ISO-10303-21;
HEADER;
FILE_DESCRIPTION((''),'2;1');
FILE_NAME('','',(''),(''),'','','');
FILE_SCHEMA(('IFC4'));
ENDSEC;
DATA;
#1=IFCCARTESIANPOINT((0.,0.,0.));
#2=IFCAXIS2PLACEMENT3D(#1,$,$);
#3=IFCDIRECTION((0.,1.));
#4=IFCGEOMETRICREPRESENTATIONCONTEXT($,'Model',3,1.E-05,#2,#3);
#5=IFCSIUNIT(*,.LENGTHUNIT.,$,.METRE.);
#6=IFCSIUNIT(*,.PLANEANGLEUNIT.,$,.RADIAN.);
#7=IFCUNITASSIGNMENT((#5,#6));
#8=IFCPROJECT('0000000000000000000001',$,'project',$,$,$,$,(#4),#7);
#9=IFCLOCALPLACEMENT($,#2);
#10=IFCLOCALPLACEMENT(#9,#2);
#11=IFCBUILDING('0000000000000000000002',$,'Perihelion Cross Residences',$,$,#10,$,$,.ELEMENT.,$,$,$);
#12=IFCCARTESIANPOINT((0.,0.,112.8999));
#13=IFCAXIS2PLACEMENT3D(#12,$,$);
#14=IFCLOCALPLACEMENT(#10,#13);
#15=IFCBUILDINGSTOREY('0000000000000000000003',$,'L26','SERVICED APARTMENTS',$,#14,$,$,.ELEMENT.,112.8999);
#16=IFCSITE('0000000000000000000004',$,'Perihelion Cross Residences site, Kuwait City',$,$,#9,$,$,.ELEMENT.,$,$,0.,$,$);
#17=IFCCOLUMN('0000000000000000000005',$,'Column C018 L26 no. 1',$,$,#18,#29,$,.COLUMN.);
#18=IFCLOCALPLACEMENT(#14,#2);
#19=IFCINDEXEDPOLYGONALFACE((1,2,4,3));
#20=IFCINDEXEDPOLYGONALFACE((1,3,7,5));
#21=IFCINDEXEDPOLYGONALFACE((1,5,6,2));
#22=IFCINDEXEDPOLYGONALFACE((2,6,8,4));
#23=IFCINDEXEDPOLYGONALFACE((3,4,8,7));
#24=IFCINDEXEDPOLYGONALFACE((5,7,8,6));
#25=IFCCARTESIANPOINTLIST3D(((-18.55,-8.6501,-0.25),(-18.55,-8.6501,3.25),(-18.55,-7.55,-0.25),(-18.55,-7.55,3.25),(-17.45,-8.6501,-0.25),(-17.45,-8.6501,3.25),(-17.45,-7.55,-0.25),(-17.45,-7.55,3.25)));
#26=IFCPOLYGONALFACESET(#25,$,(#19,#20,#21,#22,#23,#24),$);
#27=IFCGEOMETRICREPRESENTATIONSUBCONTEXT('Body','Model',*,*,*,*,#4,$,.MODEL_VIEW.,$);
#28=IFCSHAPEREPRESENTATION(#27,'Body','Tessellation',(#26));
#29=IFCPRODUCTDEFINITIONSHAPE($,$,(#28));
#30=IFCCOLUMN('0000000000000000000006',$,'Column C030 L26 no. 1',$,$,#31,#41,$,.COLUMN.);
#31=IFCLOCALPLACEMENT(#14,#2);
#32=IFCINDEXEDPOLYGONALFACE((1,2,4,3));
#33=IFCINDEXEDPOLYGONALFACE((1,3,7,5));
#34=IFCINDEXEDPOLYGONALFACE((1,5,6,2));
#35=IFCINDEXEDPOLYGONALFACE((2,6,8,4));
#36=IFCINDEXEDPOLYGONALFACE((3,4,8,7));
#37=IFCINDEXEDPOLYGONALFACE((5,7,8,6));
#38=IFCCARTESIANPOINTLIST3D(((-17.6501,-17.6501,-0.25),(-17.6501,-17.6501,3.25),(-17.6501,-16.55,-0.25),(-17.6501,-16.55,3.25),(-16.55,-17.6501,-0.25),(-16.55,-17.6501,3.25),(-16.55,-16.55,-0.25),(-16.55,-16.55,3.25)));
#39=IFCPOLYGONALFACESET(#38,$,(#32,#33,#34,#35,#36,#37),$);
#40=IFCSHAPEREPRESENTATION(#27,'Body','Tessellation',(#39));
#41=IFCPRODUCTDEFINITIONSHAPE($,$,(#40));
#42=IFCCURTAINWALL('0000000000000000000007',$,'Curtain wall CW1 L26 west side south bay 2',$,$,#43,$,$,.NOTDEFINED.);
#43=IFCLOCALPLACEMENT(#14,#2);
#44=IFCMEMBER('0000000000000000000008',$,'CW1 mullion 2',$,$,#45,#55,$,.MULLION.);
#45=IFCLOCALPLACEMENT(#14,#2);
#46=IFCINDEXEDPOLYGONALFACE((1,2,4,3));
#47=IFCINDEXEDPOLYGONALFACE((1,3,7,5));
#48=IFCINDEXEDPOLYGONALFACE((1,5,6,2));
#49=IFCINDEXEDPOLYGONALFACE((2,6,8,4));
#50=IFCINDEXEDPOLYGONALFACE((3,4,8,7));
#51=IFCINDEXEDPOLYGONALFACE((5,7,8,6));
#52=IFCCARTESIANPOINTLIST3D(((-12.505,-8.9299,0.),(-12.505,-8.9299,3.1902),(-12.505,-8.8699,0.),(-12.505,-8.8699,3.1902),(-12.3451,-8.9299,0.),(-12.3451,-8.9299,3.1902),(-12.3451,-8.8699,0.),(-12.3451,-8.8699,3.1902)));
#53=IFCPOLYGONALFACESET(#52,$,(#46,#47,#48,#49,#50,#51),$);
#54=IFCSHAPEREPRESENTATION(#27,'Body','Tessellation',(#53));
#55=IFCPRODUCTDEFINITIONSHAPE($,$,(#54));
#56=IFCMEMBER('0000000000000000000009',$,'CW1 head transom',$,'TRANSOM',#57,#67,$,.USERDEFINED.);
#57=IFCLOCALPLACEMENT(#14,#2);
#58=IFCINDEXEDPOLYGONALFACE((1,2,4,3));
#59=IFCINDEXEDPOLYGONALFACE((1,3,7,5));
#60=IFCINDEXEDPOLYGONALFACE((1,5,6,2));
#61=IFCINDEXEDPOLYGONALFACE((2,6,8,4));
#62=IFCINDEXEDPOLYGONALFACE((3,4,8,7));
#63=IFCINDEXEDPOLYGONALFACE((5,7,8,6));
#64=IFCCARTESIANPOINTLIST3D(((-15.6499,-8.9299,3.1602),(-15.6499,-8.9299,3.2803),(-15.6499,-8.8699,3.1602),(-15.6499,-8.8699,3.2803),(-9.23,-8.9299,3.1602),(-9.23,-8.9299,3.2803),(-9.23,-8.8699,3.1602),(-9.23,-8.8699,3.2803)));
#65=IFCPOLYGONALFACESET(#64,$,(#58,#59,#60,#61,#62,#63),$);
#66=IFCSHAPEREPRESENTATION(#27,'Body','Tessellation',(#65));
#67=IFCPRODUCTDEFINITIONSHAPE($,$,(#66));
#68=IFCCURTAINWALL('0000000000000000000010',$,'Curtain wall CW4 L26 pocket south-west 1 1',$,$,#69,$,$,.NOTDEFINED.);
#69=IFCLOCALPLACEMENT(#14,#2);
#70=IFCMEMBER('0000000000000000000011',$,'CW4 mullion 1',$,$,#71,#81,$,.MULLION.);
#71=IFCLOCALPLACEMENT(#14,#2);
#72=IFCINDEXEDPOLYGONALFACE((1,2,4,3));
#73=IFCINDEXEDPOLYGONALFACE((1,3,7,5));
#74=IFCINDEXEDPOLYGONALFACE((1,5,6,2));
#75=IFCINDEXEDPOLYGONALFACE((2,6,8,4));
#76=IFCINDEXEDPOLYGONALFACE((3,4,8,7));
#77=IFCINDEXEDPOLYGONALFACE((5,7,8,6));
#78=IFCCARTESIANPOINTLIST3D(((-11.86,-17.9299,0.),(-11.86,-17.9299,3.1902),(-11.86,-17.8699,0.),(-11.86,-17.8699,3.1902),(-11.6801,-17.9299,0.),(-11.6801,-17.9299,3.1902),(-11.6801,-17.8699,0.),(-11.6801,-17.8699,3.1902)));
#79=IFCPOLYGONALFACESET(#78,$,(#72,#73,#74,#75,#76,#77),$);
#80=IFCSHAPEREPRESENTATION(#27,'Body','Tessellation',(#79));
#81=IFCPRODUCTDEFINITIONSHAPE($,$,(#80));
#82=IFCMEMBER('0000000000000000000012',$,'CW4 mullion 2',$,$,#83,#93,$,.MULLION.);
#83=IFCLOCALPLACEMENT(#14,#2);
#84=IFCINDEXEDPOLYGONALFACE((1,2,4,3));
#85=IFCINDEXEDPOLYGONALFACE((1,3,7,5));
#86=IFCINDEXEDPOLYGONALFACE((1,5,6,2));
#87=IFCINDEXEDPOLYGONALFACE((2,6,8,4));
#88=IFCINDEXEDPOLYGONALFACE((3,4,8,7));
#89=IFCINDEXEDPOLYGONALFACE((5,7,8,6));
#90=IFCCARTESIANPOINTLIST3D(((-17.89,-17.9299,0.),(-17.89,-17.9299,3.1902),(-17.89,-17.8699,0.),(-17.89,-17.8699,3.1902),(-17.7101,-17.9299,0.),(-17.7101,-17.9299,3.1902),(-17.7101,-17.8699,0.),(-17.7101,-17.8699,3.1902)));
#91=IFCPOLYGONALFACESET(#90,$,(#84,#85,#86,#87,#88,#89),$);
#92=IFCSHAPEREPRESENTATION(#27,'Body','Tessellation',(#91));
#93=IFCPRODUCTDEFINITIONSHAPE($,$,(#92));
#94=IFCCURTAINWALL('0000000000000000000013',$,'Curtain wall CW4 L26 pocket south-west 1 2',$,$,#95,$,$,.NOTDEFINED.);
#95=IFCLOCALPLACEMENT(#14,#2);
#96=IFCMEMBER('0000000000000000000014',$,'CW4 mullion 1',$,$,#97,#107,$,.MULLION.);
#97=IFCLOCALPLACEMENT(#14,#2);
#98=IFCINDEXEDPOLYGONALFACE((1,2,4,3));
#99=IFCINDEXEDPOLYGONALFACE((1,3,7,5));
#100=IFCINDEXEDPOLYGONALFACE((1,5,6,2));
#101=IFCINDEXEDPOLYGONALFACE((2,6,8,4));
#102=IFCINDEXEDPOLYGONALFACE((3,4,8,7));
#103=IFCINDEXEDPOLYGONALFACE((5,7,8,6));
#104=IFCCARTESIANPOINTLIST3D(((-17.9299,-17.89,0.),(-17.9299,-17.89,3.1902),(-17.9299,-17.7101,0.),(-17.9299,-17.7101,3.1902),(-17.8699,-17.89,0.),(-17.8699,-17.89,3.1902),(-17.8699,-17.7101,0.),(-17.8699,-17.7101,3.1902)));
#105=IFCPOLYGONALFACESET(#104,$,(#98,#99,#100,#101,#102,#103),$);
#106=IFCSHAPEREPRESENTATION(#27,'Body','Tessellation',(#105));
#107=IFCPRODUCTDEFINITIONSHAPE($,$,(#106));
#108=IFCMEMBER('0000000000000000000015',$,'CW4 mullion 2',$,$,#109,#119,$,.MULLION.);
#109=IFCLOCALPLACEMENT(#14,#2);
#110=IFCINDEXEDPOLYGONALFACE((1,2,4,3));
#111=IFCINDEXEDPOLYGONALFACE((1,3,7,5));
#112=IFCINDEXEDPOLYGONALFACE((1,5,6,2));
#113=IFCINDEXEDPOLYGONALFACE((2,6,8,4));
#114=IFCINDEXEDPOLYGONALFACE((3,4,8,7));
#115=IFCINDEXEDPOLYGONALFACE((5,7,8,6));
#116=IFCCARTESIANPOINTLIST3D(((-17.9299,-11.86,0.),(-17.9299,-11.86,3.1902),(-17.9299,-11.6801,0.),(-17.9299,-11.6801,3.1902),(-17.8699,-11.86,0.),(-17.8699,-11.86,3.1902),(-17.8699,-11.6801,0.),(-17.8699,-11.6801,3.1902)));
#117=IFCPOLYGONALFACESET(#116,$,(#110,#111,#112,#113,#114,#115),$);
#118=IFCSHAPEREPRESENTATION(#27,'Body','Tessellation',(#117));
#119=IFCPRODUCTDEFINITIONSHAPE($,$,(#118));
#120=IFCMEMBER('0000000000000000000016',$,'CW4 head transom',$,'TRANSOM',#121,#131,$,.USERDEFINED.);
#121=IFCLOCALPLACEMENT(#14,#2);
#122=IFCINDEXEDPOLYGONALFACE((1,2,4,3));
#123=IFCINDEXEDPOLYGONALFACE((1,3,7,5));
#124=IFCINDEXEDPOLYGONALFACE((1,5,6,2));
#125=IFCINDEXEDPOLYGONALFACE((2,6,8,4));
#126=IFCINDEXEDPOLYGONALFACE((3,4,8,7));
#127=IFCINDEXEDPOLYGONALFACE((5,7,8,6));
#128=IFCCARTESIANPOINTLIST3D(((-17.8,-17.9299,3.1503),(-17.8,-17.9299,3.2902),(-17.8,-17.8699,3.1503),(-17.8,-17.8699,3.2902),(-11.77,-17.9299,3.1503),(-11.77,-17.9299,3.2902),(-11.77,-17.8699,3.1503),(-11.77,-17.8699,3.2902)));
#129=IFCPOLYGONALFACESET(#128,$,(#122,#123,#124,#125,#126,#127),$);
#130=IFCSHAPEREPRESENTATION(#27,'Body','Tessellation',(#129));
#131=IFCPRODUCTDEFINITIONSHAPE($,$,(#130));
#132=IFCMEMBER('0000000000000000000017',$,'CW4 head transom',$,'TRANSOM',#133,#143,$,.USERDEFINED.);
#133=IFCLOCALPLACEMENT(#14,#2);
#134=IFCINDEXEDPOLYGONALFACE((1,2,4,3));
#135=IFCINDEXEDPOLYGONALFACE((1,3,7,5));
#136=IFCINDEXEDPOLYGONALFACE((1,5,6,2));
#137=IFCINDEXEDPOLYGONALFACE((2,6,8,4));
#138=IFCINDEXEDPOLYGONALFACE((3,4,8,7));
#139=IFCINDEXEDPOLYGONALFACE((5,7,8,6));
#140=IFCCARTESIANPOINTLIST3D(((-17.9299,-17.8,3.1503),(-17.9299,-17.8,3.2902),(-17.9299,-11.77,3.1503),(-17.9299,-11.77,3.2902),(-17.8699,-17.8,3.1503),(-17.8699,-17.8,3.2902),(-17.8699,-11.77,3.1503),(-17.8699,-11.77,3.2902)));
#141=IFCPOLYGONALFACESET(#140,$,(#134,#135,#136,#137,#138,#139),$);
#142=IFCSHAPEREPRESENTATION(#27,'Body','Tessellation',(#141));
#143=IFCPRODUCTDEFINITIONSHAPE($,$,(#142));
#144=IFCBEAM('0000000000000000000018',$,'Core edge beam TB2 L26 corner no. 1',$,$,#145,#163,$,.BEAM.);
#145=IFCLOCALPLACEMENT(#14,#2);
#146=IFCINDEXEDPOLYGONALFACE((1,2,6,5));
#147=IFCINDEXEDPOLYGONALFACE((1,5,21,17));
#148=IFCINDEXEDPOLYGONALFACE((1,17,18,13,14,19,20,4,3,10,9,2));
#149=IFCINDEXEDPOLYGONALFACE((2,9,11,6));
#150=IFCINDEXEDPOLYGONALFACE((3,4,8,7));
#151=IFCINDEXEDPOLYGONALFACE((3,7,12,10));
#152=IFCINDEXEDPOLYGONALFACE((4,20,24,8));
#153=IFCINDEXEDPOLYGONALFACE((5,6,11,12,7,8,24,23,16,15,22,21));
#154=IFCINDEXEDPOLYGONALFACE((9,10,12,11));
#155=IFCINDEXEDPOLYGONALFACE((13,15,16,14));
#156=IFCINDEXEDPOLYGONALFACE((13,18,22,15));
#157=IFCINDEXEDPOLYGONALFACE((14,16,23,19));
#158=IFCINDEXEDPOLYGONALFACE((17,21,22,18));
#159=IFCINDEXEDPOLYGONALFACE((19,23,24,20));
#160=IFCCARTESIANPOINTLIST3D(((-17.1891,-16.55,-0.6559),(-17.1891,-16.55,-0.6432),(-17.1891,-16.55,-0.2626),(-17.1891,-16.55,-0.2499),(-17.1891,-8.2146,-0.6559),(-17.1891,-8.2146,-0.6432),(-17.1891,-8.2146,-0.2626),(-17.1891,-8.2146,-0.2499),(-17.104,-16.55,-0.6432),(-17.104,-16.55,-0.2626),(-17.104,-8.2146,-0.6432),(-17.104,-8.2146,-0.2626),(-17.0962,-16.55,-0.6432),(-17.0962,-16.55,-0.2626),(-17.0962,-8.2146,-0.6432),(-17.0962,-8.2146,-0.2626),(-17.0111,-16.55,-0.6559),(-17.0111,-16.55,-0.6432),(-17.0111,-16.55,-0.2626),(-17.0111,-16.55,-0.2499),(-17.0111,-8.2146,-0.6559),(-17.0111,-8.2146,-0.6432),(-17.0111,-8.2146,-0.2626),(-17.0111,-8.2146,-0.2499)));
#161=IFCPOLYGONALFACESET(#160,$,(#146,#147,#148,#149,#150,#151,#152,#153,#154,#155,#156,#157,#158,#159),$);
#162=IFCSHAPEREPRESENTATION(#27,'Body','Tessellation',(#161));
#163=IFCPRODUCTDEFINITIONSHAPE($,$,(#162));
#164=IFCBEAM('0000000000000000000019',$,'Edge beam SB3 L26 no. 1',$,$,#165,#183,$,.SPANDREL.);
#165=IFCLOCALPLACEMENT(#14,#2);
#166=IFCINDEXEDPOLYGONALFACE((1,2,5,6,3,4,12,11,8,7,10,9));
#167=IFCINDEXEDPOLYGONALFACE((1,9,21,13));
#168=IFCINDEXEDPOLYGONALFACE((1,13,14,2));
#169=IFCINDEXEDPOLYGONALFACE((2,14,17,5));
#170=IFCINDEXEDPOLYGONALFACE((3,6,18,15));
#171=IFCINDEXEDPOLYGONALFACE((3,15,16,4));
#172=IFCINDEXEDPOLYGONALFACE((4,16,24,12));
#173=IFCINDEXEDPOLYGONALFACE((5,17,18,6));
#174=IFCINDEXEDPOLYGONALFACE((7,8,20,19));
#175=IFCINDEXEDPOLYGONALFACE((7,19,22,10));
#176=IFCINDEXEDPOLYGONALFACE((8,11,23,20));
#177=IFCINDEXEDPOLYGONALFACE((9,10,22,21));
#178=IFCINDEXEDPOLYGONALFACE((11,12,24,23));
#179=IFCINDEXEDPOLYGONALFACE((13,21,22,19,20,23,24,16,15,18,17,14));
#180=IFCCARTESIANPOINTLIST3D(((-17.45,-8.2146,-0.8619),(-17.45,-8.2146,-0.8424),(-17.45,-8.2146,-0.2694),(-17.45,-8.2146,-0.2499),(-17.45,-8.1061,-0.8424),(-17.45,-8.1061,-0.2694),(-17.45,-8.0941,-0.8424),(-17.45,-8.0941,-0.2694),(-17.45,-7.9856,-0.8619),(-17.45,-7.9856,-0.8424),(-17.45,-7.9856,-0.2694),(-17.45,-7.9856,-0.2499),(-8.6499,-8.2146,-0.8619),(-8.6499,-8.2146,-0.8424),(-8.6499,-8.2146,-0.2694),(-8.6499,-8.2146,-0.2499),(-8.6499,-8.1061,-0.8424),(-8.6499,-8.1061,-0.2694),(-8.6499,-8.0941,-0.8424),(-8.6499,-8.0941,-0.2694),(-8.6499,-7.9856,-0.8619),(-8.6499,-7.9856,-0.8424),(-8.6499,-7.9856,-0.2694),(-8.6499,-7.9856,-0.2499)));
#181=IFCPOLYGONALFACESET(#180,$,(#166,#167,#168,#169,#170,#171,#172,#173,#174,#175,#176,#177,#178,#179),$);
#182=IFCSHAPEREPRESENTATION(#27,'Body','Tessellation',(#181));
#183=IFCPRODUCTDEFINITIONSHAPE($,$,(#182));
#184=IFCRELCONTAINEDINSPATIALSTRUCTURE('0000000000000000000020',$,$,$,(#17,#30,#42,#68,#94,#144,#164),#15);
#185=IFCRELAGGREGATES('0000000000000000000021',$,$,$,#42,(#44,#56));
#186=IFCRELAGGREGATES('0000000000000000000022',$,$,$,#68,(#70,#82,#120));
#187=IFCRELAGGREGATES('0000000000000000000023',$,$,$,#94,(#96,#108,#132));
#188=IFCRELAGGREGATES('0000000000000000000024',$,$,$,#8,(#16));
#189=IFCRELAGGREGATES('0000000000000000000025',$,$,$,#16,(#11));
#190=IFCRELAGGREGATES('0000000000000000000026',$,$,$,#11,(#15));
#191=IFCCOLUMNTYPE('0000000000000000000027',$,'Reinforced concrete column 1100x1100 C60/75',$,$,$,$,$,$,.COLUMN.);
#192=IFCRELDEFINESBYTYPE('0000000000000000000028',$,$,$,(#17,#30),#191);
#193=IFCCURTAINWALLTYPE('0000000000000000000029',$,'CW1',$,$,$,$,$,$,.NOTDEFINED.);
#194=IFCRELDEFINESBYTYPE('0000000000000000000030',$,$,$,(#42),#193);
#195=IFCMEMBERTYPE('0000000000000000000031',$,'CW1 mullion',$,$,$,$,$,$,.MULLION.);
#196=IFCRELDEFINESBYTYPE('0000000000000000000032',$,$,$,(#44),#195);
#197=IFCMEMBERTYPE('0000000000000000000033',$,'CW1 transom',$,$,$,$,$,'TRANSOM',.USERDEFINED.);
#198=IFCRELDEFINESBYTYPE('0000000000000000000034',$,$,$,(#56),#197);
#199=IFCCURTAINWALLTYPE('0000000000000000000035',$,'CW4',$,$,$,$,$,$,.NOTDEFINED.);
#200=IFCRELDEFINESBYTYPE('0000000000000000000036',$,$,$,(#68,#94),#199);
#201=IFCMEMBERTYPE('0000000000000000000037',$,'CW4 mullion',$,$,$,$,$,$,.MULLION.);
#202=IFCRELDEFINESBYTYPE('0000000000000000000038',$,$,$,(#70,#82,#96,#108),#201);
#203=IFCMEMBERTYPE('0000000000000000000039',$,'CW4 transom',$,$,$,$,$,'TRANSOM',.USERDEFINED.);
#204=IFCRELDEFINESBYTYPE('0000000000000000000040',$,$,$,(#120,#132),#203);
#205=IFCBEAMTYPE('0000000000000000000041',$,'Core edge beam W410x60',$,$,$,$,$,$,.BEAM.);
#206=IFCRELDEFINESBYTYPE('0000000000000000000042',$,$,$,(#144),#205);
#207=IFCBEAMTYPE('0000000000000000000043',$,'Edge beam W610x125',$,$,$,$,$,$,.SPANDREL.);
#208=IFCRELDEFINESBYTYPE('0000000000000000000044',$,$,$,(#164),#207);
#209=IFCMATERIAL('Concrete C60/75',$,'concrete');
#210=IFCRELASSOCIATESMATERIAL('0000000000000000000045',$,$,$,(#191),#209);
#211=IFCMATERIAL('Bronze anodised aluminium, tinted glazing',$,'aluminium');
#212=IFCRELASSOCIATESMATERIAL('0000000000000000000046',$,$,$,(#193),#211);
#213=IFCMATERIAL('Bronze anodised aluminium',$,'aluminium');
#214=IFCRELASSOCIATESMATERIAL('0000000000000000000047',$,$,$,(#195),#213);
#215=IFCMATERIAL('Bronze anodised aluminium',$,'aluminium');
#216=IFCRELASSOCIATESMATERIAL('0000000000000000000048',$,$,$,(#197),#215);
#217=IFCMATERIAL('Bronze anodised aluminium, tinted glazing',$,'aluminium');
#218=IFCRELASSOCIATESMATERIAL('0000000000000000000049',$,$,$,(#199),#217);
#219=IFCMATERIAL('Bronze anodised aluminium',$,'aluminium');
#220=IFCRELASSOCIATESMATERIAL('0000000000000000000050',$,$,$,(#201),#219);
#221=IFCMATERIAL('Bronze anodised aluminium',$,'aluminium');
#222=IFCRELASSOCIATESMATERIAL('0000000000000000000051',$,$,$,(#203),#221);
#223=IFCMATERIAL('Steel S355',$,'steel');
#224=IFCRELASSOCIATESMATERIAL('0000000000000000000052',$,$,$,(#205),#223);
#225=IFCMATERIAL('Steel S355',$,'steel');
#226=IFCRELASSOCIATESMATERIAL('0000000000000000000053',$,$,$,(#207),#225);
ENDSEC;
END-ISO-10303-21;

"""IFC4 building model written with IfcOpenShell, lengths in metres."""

from ifc_helpers import new_model, si_unit, direction, frame, origin, origin_2d, place, context, subcontext, project, spatial, rectangle, i_section, extrude, material, material_profile, profile_set, type_object, element, aggregate, save


model = new_model("IFC4")

# Units and contexts
model_context = context("Model", 3, precision=1e-05, world=origin(), true_north=direction((0.0, 1.0)))
body_context = subcontext(model_context, "Body", "Model", "MODEL_VIEW")
ifc_project = project(units=[si_unit("LENGTHUNIT", "METRE"), si_unit("PLANEANGLEUNIT", "RADIAN")], contexts=[model_context])

# Site, building, storey
site_placement = place(None, origin())
site = spatial("IfcSite", under=ifc_project, at=site_placement, Name="Perihelion Cross Residences site, Kuwait City", CompositionType="ELEMENT", RefElevation=0.0)
building_placement = place(site_placement, origin())
building = spatial("IfcBuilding", under=site, at=building_placement, Name="Perihelion Cross Residences", CompositionType="ELEMENT")
storey_placement = place(building_placement, frame((0.0, 0.0, 112.8999)))
storey = spatial("IfcBuildingStorey", under=building, at=storey_placement, Name="L26", Description="SERVICED APARTMENTS", CompositionType="ELEMENT", Elevation=112.8999)

# Columns
ifc_material_1 = material(Name="Concrete C60/75", Category="concrete")
ifc_material_profile_1 = material_profile(ifc_material_1, rectangle(XDim=1.1001, YDim=1.1001, at=origin_2d()), Name="RC 1100x1100")
ifc_profile_set_1 = profile_set([ifc_material_profile_1], Name="Concrete C60/75")
column_type = type_object("IfcColumnType", Name="Reinforced concrete column 1100x1100 C60/75", PredefinedType="COLUMN", material=ifc_profile_set_1)
for number, where, z_axis, x_axis, name in (
    (1, (-18.0, -8.1001, -0.25), (0.0, 0.0, 1.0), (1.0, 0.0, 0.0), "Column C018 L26 no. 1"),
    (2, (-17.1001, -17.1001, -0.25), (0.0, 0.0, 1.0), (1.0, 0.0, 0.0), "Column C030 L26 no. 1"),
):
    element("IfcColumn", number, at=place(storey_placement, frame(where, z_axis=z_axis, x_axis=x_axis)), inside=storey, type_object=column_type, Name=name, PredefinedType="COLUMN", context=body_context, shape_type="SweptSolid", body=[
        extrude(rectangle(XDim=1.1001, YDim=1.1001, at=origin_2d()), origin(), (0.0, 0.0, 1.0), 3.5),
    ])

# Curtain walls, members
ifc_material_2 = material(Name="Bronze anodised aluminium, tinted glazing", Category="aluminium")
curtain_wall_type_1 = type_object("IfcCurtainWallType", Name="CW1", PredefinedType="NOTDEFINED", material=ifc_material_2)
curtain_wall_1_placement = place(storey_placement, origin())
curtain_wall_1 = element("IfcCurtainWall", 3, at=curtain_wall_1_placement, inside=storey, type_object=curtain_wall_type_1, Name="Curtain wall CW1 L26 west side south bay 2", PredefinedType="NOTDEFINED")
ifc_material_3 = material(Name="Bronze anodised aluminium", Category="aluminium")
ifc_material_profile_2 = material_profile(ifc_material_3, rectangle(XDim=0.0601, YDim=0.1599, at=origin_2d()), Name="CW1 mullion")
ifc_profile_set_2 = profile_set([ifc_material_profile_2], Name="Bronze anodised aluminium")
member_type_1 = type_object("IfcMemberType", Name="CW1 mullion", PredefinedType="MULLION", material=ifc_profile_set_2)
member_1_placement = place(storey_placement, frame((-12.425, -8.8999, 0.0), z_axis=(0.0, 0.0, 1.0), x_axis=(0.0, 1.0, 0.0)))
member_1 = element("IfcMember", 4, at=member_1_placement, type_object=member_type_1, Name="CW1 mullion 2", PredefinedType="MULLION", context=body_context, shape_type="SweptSolid", body=[
    extrude(rectangle(XDim=0.0601, YDim=0.1599, at=origin_2d()), origin(), (0.0, 0.0, 1.0), 3.1902),
])
ifc_material_4 = material(Name="Bronze anodised aluminium", Category="aluminium")
ifc_material_profile_3 = material_profile(ifc_material_4, rectangle(XDim=0.0601, YDim=0.1201, at=origin_2d()), Name="CW1 transom")
ifc_profile_set_3 = profile_set([ifc_material_profile_3], Name="Bronze anodised aluminium")
member_type_2 = type_object("IfcMemberType", Name="CW1 transom", ElementType="TRANSOM", PredefinedType="USERDEFINED", material=ifc_profile_set_3)
member_2_placement = place(storey_placement, frame((-15.6499, -8.8999, 3.2202), z_axis=(1.0, 0.0, 0.0), x_axis=(0.0, 1.0, 0.0)))
member_2 = element("IfcMember", 5, at=member_2_placement, type_object=member_type_2, Name="CW1 head transom", ObjectType="TRANSOM", PredefinedType="USERDEFINED", context=body_context, shape_type="SweptSolid", body=[
    extrude(rectangle(XDim=0.0601, YDim=0.1201, at=origin_2d()), origin(), (0.0, 0.0, 1.0), 6.4199),
])
ifc_material_5 = material(Name="Bronze anodised aluminium, tinted glazing", Category="aluminium")
curtain_wall_type_2 = type_object("IfcCurtainWallType", Name="CW4", PredefinedType="NOTDEFINED", material=ifc_material_5)
curtain_wall_2_placement = place(storey_placement, origin())
curtain_wall_2 = element("IfcCurtainWall", 6, at=curtain_wall_2_placement, inside=storey, type_object=curtain_wall_type_2, Name="Curtain wall CW4 L26 pocket south-west 1 1", PredefinedType="NOTDEFINED")
ifc_material_6 = material(Name="Bronze anodised aluminium", Category="aluminium")
ifc_material_profile_4 = material_profile(ifc_material_6, rectangle(XDim=0.0601, YDim=0.1799, at=origin_2d()), Name="CW4 mullion")
ifc_profile_set_4 = profile_set([ifc_material_profile_4], Name="Bronze anodised aluminium")
member_type_3 = type_object("IfcMemberType", Name="CW4 mullion", PredefinedType="MULLION", material=ifc_profile_set_4)
member_3_placement = place(storey_placement, frame((-11.77, -17.8999, 0.0), z_axis=(0.0, 0.0, 1.0), x_axis=(0.0, -1.0, 0.0)))
member_3 = element("IfcMember", 7, at=member_3_placement, type_object=member_type_3, Name="CW4 mullion 1", PredefinedType="MULLION", context=body_context, shape_type="SweptSolid", body=[
    extrude(rectangle(XDim=0.0601, YDim=0.1799, at=origin_2d()), origin(), (0.0, 0.0, 1.0), 3.1902),
])
member_4_placement = place(storey_placement, frame((-17.8, -17.8999, 0.0), z_axis=(0.0, 0.0, 1.0), x_axis=(0.0, -1.0, 0.0)))
member_4 = element("IfcMember", 8, at=member_4_placement, type_object=member_type_3, Name="CW4 mullion 2", PredefinedType="MULLION", context=body_context, shape_type="SweptSolid", body=[
    extrude(rectangle(XDim=0.0601, YDim=0.1799, at=origin_2d()), origin(), (0.0, 0.0, 1.0), 3.1902),
])
curtain_wall_3_placement = place(storey_placement, origin())
curtain_wall_3 = element("IfcCurtainWall", 9, at=curtain_wall_3_placement, inside=storey, type_object=curtain_wall_type_2, Name="Curtain wall CW4 L26 pocket south-west 1 2", PredefinedType="NOTDEFINED")
member_5_placement = place(storey_placement, frame((-17.8999, -17.8, 0.0), z_axis=(0.0, 0.0, 1.0), x_axis=(-1.0, 0.0, 0.0)))
member_5 = element("IfcMember", 10, at=member_5_placement, type_object=member_type_3, Name="CW4 mullion 1", PredefinedType="MULLION", context=body_context, shape_type="SweptSolid", body=[
    extrude(rectangle(XDim=0.0601, YDim=0.1799, at=origin_2d()), origin(), (0.0, 0.0, 1.0), 3.1902),
])
member_6_placement = place(storey_placement, frame((-17.8999, -11.77, 0.0), z_axis=(0.0, 0.0, 1.0), x_axis=(-1.0, 0.0, 0.0)))
member_6 = element("IfcMember", 11, at=member_6_placement, type_object=member_type_3, Name="CW4 mullion 2", PredefinedType="MULLION", context=body_context, shape_type="SweptSolid", body=[
    extrude(rectangle(XDim=0.0601, YDim=0.1799, at=origin_2d()), origin(), (0.0, 0.0, 1.0), 3.1902),
])

# Members
ifc_material_7 = material(Name="Bronze anodised aluminium", Category="aluminium")
ifc_material_profile_5 = material_profile(ifc_material_7, rectangle(XDim=0.0601, YDim=0.1399, at=origin_2d()), Name="CW4 transom")
ifc_profile_set_5 = profile_set([ifc_material_profile_5], Name="Bronze anodised aluminium")
member_type_4 = type_object("IfcMemberType", Name="CW4 transom", ElementType="TRANSOM", PredefinedType="USERDEFINED", material=ifc_profile_set_5)
member_7_placement = place(storey_placement, frame((-11.77, -17.8999, 3.2202), z_axis=(-1.0, 0.0, 0.0), x_axis=(0.0, -1.0, 0.0)))
member_7 = element("IfcMember", 12, at=member_7_placement, type_object=member_type_4, Name="CW4 head transom", ObjectType="TRANSOM", PredefinedType="USERDEFINED", context=body_context, shape_type="SweptSolid", body=[
    extrude(rectangle(XDim=0.0601, YDim=0.1399, at=origin_2d()), origin(), (0.0, 0.0, 1.0), 6.03),
])
member_8_placement = place(storey_placement, frame((-17.8999, -17.8, 3.2202), z_axis=(0.0, 1.0, 0.0), x_axis=(-1.0, 0.0, 0.0)))
member_8 = element("IfcMember", 13, at=member_8_placement, type_object=member_type_4, Name="CW4 head transom", ObjectType="TRANSOM", PredefinedType="USERDEFINED", context=body_context, shape_type="SweptSolid", body=[
    extrude(rectangle(XDim=0.0601, YDim=0.1399, at=origin_2d()), origin(), (0.0, 0.0, 1.0), 6.03),
])

# Beams
ifc_material_8 = material(Name="Steel S355", Category="steel")
ifc_material_profile_6 = material_profile(ifc_material_8, i_section(OverallWidth=0.178, OverallDepth=0.406, WebThickness=0.0078, FlangeThickness=0.0127, at=origin_2d()), Name="W410x60")
ifc_profile_set_6 = profile_set([ifc_material_profile_6], Name="Steel S355")
beam_type_1 = type_object("IfcBeamType", Name="Core edge beam W410x60", PredefinedType="BEAM", material=ifc_profile_set_6)
beam_1_placement = place(storey_placement, frame((-17.1001, -8.2146, -0.4529), z_axis=(0.0, -1.0, 0.0), x_axis=(1.0, 0.0, 0.0)))
element("IfcBeam", 14, at=beam_1_placement, inside=storey, type_object=beam_type_1, Name="Core edge beam TB2 L26 corner no. 1", PredefinedType="BEAM", context=body_context, shape_type="SweptSolid", body=[
    extrude(i_section(OverallWidth=0.178, OverallDepth=0.406, WebThickness=0.0078, FlangeThickness=0.0127, at=origin_2d()), origin(), (0.0, 0.0, 1.0), 8.3354),
])
ifc_material_9 = material(Name="Steel S355", Category="steel")
ifc_material_profile_7 = material_profile(ifc_material_9, i_section(OverallWidth=0.229, OverallDepth=0.6121, WebThickness=0.012, FlangeThickness=0.0195, at=origin_2d()), Name="W610x125")
ifc_profile_set_7 = profile_set([ifc_material_profile_7], Name="Steel S355")
beam_type_2 = type_object("IfcBeamType", Name="Edge beam W610x125", PredefinedType="SPANDREL", material=ifc_profile_set_7)
beam_2_placement = place(storey_placement, frame((-17.45, -8.1001, -0.5559), z_axis=(1.0, 0.0, 0.0), x_axis=(0.0, 1.0, 0.0)))
element("IfcBeam", 15, at=beam_2_placement, inside=storey, type_object=beam_type_2, Name="Edge beam SB3 L26 no. 1", PredefinedType="SPANDREL", context=body_context, shape_type="SweptSolid", body=[
    extrude(i_section(OverallWidth=0.229, OverallDepth=0.6121, WebThickness=0.012, FlangeThickness=0.0195, at=origin_2d()), origin(), (0.0, 0.0, 1.0), 8.8),
])

aggregate(curtain_wall_1, [member_1, member_2])
aggregate(curtain_wall_2, [member_3, member_4, member_7])
aggregate(curtain_wall_3, [member_5, member_6, member_8])

save(model, "model.ifc")
